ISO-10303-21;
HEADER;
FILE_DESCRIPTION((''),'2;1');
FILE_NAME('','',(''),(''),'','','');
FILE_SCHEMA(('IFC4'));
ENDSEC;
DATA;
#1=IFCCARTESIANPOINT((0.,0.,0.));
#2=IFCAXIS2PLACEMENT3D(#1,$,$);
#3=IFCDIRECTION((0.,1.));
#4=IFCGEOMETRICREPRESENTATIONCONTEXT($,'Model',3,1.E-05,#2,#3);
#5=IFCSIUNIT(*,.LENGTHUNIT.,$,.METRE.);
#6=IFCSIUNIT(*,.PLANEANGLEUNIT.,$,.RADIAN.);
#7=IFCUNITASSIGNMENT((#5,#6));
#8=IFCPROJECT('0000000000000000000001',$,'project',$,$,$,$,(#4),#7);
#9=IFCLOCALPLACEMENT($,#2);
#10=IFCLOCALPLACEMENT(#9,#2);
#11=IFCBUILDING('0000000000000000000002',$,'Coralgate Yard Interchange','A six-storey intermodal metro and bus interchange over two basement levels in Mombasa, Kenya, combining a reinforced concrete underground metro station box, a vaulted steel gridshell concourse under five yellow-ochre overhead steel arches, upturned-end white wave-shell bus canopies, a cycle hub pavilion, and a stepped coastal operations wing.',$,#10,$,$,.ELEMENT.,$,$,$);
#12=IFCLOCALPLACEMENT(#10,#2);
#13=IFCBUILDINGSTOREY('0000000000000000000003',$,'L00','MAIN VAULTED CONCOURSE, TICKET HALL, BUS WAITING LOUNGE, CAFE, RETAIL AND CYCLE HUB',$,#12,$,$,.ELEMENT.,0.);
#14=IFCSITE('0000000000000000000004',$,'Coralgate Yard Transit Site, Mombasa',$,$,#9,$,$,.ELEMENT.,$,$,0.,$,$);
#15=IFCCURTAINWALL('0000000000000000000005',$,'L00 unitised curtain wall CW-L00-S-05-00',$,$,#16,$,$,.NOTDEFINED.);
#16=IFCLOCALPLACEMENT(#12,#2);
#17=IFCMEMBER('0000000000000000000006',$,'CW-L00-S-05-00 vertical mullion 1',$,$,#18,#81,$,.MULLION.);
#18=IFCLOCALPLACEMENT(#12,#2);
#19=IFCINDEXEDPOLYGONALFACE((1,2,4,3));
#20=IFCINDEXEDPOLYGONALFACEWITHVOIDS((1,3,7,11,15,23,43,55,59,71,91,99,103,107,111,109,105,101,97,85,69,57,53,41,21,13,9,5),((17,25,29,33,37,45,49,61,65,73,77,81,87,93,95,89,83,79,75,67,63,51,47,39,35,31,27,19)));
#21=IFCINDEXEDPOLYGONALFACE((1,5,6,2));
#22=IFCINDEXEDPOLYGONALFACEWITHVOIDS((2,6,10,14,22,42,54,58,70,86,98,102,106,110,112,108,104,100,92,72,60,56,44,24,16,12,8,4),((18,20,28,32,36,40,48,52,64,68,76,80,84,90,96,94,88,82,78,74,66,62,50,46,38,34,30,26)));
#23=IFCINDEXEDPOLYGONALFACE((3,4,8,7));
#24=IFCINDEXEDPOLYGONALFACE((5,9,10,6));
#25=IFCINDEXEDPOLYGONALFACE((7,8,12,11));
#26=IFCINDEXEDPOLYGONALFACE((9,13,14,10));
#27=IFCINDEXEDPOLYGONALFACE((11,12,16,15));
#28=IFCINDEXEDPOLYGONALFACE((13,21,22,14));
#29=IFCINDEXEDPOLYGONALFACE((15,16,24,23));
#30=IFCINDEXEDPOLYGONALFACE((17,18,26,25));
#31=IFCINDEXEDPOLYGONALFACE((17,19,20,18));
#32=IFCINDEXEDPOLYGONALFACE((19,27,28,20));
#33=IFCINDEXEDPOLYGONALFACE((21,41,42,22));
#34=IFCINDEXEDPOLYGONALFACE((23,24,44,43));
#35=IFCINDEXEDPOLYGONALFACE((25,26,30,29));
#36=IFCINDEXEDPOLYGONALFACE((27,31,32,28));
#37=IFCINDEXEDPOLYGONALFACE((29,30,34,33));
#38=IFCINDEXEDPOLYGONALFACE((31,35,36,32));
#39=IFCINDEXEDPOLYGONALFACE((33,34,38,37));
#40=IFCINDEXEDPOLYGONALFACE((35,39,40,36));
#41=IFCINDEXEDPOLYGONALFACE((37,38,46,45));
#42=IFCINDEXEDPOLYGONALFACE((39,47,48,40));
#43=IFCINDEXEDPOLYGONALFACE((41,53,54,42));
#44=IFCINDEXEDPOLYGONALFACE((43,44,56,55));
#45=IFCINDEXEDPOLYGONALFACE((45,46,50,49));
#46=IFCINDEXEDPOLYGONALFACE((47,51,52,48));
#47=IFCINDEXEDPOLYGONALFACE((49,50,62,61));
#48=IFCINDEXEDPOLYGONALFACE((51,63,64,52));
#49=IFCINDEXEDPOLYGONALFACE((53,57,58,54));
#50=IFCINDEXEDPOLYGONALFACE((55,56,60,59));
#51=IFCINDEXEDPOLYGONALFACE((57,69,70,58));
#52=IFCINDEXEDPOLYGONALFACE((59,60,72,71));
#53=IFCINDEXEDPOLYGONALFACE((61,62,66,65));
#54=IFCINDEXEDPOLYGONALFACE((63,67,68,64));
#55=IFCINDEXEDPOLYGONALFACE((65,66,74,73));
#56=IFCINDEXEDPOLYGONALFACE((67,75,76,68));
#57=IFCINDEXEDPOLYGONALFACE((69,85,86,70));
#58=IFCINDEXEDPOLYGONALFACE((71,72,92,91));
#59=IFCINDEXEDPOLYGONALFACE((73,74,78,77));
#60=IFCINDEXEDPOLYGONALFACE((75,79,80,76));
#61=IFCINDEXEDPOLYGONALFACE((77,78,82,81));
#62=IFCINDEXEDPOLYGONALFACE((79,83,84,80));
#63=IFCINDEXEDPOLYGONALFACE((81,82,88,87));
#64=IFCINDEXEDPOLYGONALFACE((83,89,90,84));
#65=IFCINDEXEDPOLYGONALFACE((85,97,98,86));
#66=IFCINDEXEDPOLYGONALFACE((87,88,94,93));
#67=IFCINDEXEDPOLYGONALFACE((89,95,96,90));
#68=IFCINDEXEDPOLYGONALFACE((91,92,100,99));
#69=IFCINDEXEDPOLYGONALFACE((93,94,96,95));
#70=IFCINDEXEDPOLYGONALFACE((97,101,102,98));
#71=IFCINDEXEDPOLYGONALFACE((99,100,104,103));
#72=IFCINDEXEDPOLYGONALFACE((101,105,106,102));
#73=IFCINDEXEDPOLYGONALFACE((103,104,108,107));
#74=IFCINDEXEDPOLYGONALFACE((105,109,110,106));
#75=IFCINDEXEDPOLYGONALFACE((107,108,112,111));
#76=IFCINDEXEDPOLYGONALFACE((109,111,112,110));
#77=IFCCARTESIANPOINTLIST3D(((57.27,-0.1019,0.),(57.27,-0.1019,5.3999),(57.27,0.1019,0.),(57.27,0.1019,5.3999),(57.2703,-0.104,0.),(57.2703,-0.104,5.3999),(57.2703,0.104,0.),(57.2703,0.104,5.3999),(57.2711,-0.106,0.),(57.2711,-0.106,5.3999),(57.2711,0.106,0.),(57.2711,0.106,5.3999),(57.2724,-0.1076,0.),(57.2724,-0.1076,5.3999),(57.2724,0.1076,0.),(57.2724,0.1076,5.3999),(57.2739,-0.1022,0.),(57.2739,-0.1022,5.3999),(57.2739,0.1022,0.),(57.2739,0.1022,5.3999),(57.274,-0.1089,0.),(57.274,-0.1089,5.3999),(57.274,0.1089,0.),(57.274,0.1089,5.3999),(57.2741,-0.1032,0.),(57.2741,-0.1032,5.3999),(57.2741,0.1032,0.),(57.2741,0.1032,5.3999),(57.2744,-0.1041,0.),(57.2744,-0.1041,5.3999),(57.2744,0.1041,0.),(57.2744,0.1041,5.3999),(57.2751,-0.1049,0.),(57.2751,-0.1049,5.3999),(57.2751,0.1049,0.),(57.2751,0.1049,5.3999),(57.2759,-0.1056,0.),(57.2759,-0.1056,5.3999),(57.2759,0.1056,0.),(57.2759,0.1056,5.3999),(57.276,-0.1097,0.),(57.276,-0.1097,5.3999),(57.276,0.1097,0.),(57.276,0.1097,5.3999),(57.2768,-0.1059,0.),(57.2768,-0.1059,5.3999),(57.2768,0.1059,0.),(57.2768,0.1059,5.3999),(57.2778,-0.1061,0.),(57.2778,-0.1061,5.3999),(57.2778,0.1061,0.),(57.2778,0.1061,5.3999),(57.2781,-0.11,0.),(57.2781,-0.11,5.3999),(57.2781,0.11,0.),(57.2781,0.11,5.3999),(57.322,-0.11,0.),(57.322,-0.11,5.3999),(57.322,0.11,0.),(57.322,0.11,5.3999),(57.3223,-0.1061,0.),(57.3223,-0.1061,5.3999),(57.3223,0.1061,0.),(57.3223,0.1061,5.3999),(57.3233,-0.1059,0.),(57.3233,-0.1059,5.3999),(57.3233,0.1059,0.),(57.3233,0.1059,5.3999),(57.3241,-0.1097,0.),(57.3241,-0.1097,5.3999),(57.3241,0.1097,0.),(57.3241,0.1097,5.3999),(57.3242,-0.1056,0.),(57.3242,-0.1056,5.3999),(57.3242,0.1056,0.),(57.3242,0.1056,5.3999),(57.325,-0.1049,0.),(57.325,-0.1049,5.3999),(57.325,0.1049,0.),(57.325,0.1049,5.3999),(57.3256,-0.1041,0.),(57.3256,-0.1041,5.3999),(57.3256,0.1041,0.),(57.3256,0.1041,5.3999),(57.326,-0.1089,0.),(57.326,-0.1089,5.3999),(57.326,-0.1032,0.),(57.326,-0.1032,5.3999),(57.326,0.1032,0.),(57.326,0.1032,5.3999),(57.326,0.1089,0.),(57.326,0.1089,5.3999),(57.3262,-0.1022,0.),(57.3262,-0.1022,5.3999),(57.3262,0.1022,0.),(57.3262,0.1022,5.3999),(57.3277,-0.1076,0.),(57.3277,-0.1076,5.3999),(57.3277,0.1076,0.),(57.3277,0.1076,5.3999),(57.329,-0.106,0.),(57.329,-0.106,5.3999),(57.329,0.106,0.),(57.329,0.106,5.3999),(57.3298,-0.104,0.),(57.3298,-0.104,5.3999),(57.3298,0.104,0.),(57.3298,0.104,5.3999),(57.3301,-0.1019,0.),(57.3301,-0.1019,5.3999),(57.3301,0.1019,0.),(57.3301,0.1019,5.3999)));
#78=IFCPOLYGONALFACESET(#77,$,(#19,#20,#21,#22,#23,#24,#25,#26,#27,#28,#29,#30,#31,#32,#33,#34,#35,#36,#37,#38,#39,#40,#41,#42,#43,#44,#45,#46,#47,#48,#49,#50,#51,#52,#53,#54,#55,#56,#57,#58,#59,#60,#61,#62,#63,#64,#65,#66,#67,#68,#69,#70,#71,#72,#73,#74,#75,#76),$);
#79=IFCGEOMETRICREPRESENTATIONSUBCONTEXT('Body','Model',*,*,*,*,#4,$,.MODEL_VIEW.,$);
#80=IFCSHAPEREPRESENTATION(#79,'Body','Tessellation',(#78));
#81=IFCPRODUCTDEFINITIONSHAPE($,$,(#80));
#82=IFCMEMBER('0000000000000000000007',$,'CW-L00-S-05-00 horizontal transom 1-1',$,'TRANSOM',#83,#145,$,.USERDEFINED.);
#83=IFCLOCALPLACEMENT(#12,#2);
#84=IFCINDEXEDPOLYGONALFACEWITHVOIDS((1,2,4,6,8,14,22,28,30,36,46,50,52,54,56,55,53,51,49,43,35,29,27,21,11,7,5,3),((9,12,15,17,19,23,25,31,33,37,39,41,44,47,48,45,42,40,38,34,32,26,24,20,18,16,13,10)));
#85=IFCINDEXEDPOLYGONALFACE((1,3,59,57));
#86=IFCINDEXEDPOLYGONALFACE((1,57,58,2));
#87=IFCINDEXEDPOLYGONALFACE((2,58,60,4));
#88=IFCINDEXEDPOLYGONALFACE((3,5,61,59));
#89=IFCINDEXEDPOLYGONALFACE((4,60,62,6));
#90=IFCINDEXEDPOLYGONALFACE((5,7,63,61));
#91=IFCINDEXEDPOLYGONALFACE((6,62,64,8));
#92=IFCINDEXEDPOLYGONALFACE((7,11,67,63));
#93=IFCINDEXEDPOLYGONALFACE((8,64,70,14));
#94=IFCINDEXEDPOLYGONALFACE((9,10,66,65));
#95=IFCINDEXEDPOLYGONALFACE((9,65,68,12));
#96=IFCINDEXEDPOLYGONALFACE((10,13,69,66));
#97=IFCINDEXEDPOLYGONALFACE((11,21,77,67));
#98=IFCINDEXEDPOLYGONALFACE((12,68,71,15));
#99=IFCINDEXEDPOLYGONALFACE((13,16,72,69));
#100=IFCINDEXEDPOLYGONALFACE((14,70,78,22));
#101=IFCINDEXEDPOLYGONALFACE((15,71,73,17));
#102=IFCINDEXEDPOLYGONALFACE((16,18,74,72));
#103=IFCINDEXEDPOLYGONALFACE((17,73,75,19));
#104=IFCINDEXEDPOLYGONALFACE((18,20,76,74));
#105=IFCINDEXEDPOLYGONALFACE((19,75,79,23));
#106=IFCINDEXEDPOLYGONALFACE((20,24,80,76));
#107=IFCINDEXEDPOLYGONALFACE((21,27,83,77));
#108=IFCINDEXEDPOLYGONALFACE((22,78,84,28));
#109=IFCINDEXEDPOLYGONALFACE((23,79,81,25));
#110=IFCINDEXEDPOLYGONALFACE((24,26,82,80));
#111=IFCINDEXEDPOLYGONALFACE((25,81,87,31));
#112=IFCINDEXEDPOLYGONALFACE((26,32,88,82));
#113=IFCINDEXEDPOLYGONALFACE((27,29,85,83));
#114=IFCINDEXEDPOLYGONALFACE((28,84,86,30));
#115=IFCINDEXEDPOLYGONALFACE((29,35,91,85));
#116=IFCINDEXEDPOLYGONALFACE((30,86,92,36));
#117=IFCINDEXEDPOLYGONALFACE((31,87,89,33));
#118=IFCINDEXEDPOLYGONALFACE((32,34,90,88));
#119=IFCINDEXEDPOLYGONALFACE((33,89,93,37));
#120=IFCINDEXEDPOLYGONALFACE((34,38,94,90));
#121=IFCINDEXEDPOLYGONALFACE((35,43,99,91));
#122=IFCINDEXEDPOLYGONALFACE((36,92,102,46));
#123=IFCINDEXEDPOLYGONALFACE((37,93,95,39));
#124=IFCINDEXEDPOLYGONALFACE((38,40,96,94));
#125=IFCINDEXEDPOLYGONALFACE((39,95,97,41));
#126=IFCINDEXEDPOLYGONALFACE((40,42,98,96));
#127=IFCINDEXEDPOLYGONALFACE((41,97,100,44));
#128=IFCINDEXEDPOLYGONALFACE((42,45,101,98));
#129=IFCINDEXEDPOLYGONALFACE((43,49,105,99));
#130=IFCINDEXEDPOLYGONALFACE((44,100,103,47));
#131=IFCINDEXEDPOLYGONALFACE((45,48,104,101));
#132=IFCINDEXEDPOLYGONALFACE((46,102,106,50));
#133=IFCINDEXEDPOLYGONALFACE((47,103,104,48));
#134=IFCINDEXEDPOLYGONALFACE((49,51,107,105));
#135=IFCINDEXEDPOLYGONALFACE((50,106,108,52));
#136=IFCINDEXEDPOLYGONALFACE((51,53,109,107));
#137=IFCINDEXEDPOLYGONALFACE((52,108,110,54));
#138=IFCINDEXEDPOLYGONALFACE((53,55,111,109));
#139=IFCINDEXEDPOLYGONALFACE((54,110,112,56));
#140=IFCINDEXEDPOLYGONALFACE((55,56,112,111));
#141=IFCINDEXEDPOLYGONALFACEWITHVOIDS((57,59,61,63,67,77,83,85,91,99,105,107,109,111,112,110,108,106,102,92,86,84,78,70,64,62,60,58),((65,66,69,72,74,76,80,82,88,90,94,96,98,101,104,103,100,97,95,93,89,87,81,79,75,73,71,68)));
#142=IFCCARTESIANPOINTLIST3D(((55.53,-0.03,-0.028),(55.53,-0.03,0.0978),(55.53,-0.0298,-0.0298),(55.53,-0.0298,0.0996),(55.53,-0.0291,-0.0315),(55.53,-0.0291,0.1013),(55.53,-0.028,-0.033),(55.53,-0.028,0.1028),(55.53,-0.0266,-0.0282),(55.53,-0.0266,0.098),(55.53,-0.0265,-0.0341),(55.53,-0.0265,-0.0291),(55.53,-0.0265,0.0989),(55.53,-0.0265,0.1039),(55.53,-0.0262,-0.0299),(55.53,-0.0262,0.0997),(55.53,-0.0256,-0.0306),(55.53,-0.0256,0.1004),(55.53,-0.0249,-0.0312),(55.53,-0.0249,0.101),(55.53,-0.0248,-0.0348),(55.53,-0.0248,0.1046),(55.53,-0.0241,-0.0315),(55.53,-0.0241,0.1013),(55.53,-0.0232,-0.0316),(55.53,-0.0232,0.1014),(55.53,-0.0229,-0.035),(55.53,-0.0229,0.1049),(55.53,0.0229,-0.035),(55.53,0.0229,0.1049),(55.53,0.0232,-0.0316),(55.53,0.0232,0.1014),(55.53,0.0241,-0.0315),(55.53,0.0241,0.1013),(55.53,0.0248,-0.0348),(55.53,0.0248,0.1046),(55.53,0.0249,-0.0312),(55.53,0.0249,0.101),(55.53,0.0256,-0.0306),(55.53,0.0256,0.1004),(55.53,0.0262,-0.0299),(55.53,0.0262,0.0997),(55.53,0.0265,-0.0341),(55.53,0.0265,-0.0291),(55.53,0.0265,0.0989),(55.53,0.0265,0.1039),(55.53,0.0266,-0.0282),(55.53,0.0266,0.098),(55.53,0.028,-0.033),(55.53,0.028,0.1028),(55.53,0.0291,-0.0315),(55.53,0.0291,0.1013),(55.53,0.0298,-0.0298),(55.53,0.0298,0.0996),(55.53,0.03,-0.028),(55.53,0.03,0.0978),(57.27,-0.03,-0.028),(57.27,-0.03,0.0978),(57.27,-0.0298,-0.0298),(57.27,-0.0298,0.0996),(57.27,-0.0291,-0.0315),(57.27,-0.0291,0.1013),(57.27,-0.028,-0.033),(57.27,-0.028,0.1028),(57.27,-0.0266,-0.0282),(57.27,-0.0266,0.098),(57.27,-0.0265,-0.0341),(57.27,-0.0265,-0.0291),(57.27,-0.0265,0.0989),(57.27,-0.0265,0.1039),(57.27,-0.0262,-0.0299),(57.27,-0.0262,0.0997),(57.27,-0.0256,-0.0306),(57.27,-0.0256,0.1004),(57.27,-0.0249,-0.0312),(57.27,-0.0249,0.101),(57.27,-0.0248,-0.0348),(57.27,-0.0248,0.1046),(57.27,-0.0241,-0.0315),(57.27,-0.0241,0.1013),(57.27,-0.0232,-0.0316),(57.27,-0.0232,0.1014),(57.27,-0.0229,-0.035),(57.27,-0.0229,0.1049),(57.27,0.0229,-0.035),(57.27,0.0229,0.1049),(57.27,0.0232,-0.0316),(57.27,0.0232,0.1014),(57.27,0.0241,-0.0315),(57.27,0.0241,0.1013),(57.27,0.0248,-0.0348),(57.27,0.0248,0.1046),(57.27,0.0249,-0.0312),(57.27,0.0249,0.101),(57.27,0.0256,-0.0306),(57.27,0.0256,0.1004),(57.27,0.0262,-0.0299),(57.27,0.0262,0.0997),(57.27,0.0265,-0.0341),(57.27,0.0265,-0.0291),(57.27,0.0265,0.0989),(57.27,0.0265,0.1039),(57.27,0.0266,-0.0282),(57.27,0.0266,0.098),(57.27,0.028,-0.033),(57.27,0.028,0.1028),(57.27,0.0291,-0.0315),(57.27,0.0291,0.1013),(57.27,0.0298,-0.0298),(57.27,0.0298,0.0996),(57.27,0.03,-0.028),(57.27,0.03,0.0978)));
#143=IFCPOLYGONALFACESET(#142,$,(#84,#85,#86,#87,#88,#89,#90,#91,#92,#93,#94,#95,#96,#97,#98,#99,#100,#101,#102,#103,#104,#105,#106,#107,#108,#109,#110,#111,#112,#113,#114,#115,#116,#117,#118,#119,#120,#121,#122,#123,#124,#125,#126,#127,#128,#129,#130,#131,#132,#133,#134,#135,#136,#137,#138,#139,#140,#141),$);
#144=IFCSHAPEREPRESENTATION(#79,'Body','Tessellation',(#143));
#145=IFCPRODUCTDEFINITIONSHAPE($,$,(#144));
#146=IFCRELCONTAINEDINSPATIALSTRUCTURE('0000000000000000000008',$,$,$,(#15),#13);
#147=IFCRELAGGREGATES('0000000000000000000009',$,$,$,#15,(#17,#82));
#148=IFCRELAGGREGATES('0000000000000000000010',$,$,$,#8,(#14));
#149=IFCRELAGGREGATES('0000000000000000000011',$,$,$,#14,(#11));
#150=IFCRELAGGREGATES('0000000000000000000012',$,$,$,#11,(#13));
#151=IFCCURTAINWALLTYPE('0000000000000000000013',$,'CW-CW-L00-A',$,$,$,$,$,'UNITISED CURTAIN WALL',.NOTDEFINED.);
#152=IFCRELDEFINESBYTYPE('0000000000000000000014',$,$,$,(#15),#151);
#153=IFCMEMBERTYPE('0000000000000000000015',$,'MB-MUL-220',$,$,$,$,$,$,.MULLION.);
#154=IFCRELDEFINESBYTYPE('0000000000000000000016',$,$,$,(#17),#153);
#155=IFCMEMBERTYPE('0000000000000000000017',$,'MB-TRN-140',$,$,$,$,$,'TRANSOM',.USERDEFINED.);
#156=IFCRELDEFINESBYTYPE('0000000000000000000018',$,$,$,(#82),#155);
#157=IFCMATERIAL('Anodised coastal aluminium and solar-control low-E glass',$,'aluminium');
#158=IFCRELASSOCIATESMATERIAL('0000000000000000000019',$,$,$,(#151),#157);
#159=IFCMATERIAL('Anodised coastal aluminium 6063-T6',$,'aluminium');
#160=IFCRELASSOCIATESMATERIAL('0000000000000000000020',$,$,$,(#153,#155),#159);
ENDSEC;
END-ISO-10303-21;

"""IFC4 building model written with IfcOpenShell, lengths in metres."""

from ifc_helpers import new_model, si_unit, direction, frame, origin, origin_2d, place, context, subcontext, project, spatial, hollow_rectangle, extrude, material, material_profile, profile_set, type_object, element, aggregate, save


model = new_model("IFC4")

# Units and contexts
model_context = context("Model", 3, precision=1e-05, world=origin(), true_north=direction((0.0, 1.0)))
body_context = subcontext(model_context, "Body", "Model", "MODEL_VIEW")
ifc_project = project(units=[si_unit("LENGTHUNIT", "METRE"), si_unit("PLANEANGLEUNIT", "RADIAN")], contexts=[model_context])

# Site, building, storey
site_placement = place(None, origin())
site = spatial("IfcSite", under=ifc_project, at=site_placement, Name="Coralgate Yard Transit Site, Mombasa", CompositionType="ELEMENT", RefElevation=0.0)
building_placement = place(site_placement, origin())
building = spatial("IfcBuilding", under=site, at=building_placement, Name="Coralgate Yard Interchange", Description="A six-storey intermodal metro and bus interchange over two basement levels in Mombasa, Kenya, combining a reinforced concrete underground metro station box, a vaulted steel gridshell concourse under five yellow-ochre overhead steel arches, upturned-end white wave-shell bus canopies, a cycle hub pavilion, and a stepped coastal operations wing.", CompositionType="ELEMENT")
storey_placement = place(building_placement, origin())
storey = spatial("IfcBuildingStorey", under=building, at=storey_placement, Name="L00", Description="MAIN VAULTED CONCOURSE, TICKET HALL, BUS WAITING LOUNGE, CAFE, RETAIL AND CYCLE HUB", CompositionType="ELEMENT", Elevation=0.0)

# Curtain wall, members
ifc_material_1 = material(Name="Anodised coastal aluminium and solar-control low-E glass", Category="aluminium")
curtain_wall_type = type_object("IfcCurtainWallType", Name="CW-CW-L00-A", ElementType="UNITISED CURTAIN WALL", PredefinedType="NOTDEFINED", material=ifc_material_1)
curtain_wall_placement = place(storey_placement, origin())
curtain_wall = element("IfcCurtainWall", 1, at=curtain_wall_placement, inside=storey, type_object=curtain_wall_type, Name="L00 unitised curtain wall CW-L00-S-05-00", PredefinedType="NOTDEFINED")
ifc_material_2 = material(Name="Anodised coastal aluminium 6063-T6", Category="aluminium")
ifc_material_profile_1 = material_profile(ifc_material_2, hollow_rectangle(XDim=0.0601, YDim=0.22, WallThickness=0.0039, InnerFilletRadius=0.0039, OuterFilletRadius=0.0081, at=origin_2d()), Name="ALU 60x220x4")
ifc_profile_set_1 = profile_set([ifc_material_profile_1], Name="Anodised coastal aluminium 6063-T6")
member_type_1 = type_object("IfcMemberType", Name="MB-MUL-220", PredefinedType="MULLION", material=ifc_profile_set_1)
member_1_placement = place(storey_placement, frame((57.3, 0.0, 0.0), z_axis=(0.0, 0.0, 1.0), x_axis=(1.0, 0.0, 0.0)))
member_1 = element("IfcMember", 2, at=member_1_placement, type_object=member_type_1, Name="CW-L00-S-05-00 vertical mullion 1", PredefinedType="MULLION", context=body_context, shape_type="SweptSolid", body=[
    extrude(hollow_rectangle(XDim=0.0601, YDim=0.22, WallThickness=0.0039, InnerFilletRadius=0.0039, OuterFilletRadius=0.0081, at=origin_2d()), origin(), (0.0, 0.0, 1.0), 5.3999),
])
ifc_material_profile_2 = material_profile(ifc_material_2, hollow_rectangle(XDim=0.0601, YDim=0.1399, WallThickness=0.0034, InnerFilletRadius=0.0034, OuterFilletRadius=0.0071, at=origin_2d()), Name="ALU 60x140x3.5")
ifc_profile_set_2 = profile_set([ifc_material_profile_2], Name="Anodised coastal aluminium 6063-T6")
member_type_2 = type_object("IfcMemberType", Name="MB-TRN-140", ElementType="TRANSOM", PredefinedType="USERDEFINED", material=ifc_profile_set_2)
member_2_placement = place(storey_placement, frame((57.27, 0.0, 0.0349), z_axis=(-1.0, 0.0, 0.0), x_axis=(0.0, -1.0, 0.0)))
member_2 = element("IfcMember", 3, at=member_2_placement, type_object=member_type_2, Name="CW-L00-S-05-00 horizontal transom 1-1", ObjectType="TRANSOM", PredefinedType="USERDEFINED", context=body_context, shape_type="SweptSolid", body=[
    extrude(hollow_rectangle(XDim=0.0601, YDim=0.1399, WallThickness=0.0034, InnerFilletRadius=0.0034, OuterFilletRadius=0.0071, at=origin_2d()), origin(), (0.0, 0.0, 1.0), 1.74),
])
aggregate(curtain_wall, [member_1, member_2])

save(model, "model.ifc")
